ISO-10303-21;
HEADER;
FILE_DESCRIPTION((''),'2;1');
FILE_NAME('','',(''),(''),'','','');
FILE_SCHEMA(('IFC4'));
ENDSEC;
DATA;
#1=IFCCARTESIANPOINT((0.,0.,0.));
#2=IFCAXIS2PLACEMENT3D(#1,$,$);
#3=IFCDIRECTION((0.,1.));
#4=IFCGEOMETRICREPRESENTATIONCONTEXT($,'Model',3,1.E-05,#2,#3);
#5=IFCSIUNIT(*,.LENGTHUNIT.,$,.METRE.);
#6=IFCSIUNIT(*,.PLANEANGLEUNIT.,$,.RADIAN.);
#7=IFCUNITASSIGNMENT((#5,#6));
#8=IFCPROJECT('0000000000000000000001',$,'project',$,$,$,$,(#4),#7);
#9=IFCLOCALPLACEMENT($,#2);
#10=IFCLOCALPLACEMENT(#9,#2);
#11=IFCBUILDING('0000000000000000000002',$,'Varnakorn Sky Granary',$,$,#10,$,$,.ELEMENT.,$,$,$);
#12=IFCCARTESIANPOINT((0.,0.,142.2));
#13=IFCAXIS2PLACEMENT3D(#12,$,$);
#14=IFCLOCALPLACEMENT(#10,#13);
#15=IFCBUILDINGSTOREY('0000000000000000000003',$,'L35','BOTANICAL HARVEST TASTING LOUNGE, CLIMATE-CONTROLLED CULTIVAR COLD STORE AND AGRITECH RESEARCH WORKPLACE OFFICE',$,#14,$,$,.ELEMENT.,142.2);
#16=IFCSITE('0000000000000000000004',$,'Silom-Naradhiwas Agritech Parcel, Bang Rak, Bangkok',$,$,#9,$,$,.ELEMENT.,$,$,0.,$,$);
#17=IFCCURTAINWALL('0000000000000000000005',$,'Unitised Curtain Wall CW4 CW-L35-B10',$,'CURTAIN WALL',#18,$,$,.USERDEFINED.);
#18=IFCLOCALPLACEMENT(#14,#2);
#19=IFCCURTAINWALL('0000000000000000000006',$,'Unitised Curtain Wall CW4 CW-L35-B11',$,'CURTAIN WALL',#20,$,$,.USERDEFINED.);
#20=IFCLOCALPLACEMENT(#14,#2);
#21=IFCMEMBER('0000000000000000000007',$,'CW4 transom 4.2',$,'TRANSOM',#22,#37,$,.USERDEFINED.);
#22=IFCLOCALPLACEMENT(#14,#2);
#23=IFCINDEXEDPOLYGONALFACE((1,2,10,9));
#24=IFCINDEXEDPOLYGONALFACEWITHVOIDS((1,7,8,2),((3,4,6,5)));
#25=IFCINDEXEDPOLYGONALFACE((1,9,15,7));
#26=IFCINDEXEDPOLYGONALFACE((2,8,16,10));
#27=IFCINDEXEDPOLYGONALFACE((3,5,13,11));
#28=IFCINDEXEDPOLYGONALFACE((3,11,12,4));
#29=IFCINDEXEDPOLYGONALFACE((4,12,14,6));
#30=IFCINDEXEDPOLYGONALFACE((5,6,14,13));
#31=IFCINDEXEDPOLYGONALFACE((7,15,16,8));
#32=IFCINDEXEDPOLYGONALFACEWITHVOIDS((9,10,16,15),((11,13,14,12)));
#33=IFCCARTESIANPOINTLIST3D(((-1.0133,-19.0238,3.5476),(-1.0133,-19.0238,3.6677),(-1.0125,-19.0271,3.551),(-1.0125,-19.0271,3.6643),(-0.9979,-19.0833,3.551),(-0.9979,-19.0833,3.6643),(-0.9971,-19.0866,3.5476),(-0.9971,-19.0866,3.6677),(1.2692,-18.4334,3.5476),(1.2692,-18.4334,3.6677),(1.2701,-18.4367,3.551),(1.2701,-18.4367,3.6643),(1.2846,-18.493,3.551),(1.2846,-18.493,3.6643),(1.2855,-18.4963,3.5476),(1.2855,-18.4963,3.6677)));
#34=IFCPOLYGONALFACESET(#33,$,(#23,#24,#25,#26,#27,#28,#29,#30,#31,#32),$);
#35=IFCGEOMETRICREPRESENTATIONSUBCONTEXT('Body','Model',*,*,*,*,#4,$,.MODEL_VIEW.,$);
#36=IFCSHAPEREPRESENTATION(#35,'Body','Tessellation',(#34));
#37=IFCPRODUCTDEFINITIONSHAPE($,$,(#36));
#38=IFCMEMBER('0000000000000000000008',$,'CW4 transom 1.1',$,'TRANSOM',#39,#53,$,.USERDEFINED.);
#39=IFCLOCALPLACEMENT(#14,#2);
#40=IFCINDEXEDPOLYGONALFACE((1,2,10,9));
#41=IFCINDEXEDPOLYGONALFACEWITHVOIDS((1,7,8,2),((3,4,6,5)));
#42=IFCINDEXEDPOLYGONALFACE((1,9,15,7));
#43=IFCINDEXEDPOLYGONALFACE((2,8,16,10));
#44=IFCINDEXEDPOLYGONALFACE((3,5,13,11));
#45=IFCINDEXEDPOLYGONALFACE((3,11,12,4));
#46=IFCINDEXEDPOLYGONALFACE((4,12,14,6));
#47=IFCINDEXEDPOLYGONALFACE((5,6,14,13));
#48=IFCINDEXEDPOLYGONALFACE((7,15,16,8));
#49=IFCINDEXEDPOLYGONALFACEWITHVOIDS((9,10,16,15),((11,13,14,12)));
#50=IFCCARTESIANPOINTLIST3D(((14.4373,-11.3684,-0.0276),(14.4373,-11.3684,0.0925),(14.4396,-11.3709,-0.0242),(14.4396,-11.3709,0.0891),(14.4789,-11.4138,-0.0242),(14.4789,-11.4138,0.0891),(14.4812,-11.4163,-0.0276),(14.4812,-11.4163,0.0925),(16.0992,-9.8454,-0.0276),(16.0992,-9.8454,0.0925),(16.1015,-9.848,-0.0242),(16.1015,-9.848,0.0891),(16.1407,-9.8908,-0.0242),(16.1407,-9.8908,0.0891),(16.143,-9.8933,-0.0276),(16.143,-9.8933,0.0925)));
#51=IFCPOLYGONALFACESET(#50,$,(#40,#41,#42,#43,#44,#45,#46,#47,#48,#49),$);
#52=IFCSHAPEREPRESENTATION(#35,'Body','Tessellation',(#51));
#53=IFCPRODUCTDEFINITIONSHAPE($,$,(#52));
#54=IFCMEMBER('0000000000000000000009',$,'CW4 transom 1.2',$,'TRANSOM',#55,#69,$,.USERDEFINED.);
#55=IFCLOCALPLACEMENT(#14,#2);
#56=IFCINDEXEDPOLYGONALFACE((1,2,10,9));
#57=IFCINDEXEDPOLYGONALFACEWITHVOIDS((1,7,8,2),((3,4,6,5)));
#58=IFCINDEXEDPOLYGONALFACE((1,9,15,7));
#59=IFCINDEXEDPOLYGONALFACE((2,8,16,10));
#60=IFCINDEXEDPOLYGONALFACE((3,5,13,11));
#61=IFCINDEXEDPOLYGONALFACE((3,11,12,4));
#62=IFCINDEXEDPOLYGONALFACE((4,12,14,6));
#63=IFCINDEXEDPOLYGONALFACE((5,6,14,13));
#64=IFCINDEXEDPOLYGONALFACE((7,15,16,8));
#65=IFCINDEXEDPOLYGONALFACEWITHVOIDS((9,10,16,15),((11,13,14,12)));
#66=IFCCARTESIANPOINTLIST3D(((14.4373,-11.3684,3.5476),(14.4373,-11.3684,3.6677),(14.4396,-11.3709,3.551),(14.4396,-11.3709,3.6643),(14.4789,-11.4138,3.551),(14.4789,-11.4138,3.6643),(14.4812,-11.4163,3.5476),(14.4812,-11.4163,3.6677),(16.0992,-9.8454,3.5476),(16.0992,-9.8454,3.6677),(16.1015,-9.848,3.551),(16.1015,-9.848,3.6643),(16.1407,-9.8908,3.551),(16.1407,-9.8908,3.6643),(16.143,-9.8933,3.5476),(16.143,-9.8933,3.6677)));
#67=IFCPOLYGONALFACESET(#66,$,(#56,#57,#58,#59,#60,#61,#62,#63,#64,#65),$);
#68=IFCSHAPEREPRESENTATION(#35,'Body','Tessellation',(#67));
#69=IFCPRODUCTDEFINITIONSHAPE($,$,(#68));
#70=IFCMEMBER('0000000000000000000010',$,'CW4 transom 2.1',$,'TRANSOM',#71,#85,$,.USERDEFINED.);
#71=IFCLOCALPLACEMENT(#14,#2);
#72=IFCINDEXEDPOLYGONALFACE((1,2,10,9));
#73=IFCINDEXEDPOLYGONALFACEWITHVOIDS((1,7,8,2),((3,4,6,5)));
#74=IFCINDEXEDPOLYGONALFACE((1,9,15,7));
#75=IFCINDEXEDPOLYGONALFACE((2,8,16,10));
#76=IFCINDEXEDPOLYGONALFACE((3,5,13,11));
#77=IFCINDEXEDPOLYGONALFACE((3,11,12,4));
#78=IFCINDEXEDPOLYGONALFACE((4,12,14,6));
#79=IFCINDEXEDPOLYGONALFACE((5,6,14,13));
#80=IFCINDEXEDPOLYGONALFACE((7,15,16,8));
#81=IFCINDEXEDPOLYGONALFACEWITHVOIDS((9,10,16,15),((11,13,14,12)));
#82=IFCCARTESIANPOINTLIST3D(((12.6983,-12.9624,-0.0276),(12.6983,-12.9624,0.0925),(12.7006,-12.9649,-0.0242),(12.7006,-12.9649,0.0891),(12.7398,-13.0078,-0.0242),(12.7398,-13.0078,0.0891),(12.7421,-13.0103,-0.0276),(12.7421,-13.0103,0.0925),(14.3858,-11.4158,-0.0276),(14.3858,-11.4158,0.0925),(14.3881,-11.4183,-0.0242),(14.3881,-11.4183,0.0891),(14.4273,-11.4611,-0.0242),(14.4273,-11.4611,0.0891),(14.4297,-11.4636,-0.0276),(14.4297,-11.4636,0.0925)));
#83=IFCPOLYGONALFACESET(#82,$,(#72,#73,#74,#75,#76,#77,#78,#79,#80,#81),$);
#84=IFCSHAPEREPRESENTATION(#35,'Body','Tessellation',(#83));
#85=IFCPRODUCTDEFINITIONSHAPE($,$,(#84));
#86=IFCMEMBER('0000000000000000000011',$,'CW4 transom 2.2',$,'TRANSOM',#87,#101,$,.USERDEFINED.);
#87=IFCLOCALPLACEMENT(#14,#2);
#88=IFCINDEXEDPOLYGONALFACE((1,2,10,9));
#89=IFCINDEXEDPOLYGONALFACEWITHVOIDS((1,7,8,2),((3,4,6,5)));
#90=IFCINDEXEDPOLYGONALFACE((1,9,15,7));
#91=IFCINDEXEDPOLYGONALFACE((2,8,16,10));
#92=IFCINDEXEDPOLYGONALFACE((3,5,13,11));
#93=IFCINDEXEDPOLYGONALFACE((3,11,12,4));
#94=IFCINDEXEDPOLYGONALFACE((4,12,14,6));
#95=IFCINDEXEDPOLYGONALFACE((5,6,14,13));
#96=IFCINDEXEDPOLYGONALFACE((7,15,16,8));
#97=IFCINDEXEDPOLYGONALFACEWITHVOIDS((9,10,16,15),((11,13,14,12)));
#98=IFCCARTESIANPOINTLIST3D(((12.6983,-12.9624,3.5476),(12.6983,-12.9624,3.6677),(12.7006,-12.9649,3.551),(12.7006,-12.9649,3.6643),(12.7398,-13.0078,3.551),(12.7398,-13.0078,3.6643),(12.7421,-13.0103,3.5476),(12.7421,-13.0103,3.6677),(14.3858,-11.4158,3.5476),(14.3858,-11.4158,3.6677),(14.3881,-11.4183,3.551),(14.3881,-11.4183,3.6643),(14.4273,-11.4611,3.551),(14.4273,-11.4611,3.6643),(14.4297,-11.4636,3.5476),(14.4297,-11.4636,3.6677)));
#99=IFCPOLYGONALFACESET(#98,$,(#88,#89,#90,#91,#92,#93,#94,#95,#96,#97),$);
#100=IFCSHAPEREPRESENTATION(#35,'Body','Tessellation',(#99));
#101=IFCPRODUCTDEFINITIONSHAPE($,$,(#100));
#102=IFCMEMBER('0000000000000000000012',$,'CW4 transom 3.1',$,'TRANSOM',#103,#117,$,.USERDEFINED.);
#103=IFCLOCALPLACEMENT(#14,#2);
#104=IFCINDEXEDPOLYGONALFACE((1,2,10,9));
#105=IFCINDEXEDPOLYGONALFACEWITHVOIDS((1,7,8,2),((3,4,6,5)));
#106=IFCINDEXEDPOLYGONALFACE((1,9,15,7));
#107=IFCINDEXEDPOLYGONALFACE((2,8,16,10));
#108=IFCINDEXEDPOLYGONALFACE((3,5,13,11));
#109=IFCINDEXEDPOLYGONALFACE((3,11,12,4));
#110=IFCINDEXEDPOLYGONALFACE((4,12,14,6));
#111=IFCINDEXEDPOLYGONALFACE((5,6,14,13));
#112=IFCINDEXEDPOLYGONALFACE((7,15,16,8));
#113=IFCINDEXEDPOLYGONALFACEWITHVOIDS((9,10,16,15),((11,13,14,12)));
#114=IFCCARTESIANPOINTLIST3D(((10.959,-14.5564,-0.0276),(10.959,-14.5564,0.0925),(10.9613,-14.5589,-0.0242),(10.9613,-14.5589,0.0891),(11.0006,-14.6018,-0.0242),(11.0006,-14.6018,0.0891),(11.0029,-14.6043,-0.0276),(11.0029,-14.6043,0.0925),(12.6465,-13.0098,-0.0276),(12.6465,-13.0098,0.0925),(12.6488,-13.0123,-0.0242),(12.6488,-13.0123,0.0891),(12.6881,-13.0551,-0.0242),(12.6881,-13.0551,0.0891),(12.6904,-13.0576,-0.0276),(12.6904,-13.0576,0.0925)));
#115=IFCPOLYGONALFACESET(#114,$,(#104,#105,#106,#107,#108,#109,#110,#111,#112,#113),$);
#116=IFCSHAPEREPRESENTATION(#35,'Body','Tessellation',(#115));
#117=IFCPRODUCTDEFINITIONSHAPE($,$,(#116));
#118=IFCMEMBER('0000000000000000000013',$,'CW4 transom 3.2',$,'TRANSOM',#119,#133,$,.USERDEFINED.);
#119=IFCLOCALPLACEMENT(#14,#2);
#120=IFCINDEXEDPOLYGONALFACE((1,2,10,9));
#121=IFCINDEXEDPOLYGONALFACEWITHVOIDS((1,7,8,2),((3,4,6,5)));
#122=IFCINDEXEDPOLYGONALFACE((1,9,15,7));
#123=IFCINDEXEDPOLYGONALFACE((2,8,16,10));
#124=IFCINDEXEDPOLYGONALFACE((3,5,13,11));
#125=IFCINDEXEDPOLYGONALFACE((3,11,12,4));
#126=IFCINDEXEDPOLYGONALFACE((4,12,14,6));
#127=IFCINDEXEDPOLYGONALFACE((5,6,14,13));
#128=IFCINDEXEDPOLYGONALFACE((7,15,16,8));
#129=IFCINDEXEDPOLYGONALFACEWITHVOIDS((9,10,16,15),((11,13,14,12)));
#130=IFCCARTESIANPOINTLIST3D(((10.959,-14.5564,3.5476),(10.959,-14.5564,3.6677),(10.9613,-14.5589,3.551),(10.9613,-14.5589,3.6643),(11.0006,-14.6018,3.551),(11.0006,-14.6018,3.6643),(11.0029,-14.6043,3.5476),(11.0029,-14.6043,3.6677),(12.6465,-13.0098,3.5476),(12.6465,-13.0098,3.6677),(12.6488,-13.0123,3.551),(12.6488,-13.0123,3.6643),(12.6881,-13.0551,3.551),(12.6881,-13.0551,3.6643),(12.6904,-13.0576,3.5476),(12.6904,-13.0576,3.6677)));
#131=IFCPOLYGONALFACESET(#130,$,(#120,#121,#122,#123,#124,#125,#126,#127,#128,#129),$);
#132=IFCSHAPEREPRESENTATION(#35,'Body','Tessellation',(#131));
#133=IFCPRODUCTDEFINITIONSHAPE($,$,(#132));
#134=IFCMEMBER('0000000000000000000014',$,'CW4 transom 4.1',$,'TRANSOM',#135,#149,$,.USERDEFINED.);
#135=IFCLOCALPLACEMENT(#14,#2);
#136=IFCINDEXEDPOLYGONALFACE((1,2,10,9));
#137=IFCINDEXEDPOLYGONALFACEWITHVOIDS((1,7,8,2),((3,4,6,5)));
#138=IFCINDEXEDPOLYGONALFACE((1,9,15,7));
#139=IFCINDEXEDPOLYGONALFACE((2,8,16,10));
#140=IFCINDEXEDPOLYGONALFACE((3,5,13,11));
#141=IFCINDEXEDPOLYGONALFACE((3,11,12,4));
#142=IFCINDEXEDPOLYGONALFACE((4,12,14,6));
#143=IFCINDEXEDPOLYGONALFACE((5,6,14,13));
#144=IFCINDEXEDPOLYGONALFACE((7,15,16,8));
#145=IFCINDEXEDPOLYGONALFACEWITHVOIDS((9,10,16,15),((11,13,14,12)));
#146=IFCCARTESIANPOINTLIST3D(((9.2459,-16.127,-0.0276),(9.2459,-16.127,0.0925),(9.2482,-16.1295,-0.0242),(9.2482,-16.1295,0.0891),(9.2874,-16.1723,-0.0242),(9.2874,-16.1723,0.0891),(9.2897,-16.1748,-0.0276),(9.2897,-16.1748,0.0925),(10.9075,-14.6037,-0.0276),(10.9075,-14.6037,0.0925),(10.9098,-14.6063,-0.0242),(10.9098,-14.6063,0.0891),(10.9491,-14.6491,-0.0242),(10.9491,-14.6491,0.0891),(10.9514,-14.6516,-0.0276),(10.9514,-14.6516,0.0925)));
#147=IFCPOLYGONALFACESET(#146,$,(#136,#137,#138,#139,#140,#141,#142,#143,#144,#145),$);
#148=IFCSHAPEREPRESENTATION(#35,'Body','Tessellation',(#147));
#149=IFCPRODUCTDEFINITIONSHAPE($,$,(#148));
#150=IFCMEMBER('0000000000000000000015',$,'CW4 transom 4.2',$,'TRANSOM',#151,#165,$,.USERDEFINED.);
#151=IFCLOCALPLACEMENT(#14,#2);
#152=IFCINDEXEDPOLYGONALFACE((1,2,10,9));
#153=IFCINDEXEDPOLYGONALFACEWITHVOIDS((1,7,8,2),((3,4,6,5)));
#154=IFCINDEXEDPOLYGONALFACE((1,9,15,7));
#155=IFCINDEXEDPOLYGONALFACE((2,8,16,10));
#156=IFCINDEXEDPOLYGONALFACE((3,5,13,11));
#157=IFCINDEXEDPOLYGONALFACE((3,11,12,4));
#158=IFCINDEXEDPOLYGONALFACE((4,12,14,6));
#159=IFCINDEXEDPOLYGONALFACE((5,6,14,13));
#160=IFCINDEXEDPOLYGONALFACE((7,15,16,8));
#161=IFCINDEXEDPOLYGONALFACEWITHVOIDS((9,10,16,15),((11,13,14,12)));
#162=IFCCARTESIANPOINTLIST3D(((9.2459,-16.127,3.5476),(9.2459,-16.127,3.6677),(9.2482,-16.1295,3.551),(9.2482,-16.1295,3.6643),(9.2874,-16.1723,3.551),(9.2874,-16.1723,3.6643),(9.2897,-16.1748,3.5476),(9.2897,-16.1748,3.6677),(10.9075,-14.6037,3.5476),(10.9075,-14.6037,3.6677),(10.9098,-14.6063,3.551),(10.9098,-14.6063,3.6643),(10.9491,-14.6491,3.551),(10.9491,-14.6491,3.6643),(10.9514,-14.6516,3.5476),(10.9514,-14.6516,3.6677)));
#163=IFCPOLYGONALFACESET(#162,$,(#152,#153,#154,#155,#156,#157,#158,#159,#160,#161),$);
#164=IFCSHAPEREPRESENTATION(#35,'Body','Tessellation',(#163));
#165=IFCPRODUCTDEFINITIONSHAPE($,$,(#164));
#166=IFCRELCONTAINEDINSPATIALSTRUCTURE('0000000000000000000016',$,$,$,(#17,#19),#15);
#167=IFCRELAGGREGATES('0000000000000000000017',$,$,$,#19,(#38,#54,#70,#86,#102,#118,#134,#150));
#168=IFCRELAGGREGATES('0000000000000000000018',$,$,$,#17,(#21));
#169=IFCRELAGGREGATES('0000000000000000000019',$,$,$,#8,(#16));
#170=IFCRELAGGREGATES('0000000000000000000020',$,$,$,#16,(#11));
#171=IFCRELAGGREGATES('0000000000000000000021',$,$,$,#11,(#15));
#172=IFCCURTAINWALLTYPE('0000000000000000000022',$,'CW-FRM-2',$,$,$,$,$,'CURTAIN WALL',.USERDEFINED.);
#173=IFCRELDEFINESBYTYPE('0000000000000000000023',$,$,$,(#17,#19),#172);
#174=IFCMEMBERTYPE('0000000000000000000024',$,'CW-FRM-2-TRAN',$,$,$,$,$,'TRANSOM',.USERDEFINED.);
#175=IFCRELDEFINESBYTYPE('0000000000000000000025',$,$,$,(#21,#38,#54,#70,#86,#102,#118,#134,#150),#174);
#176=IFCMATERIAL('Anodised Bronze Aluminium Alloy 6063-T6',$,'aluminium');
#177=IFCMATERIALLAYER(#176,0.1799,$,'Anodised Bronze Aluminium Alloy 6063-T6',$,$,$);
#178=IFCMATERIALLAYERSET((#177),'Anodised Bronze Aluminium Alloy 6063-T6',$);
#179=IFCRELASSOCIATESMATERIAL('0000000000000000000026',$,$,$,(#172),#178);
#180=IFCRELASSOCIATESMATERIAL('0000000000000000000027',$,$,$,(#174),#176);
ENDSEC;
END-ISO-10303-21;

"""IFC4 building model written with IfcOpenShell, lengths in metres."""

from ifc_helpers import new_model, si_unit, direction, frame, origin, origin_2d, place, context, subcontext, project, spatial, hollow_rectangle, extrude, material, layer, layer_set, material_profile, profile_set, type_object, element, aggregate, save


model = new_model("IFC4")

# Units and contexts
model_context = context("Model", 3, precision=1e-05, world=origin(), true_north=direction((0.0, 1.0)))
body_context = subcontext(model_context, "Body", "Model", "MODEL_VIEW")
ifc_project = project(units=[si_unit("LENGTHUNIT", "METRE"), si_unit("PLANEANGLEUNIT", "RADIAN")], contexts=[model_context])

# Site, building, storey
site_placement = place(None, origin())
site = spatial("IfcSite", under=ifc_project, at=site_placement, Name="Silom-Naradhiwas Agritech Parcel, Bang Rak, Bangkok", CompositionType="ELEMENT", RefElevation=0.0)
building_placement = place(site_placement, origin())
building = spatial("IfcBuilding", under=site, at=building_placement, Name="Varnakorn Sky Granary", CompositionType="ELEMENT")
storey_placement = place(building_placement, frame((0.0, 0.0, 142.2)))
storey = spatial("IfcBuildingStorey", under=building, at=storey_placement, Name="L35", Description="BOTANICAL HARVEST TASTING LOUNGE, CLIMATE-CONTROLLED CULTIVAR COLD STORE AND AGRITECH RESEARCH WORKPLACE OFFICE", CompositionType="ELEMENT", Elevation=142.2)

# Curtain walls
ifc_material_1 = material(Name="Anodised Bronze Aluminium Alloy 6063-T6", Category="aluminium")
ifc_layer_1 = layer(ifc_material_1, 0.1799, Name="Anodised Bronze Aluminium Alloy 6063-T6")
ifc_layer_set_1 = layer_set([ifc_layer_1], Name="Anodised Bronze Aluminium Alloy 6063-T6")
curtain_wall_type = type_object("IfcCurtainWallType", Name="CW-FRM-2", ElementType="CURTAIN WALL", PredefinedType="USERDEFINED", material=ifc_layer_set_1)
curtain_wall_1_placement = place(storey_placement, origin())
curtain_wall_1 = element("IfcCurtainWall", 1, at=curtain_wall_1_placement, inside=storey, type_object=curtain_wall_type, Name="Unitised Curtain Wall CW4 CW-L35-B10", ObjectType="CURTAIN WALL", PredefinedType="USERDEFINED")
curtain_wall_2_placement = place(storey_placement, origin())
curtain_wall_2 = element("IfcCurtainWall", 2, at=curtain_wall_2_placement, inside=storey, type_object=curtain_wall_type, Name="Unitised Curtain Wall CW4 CW-L35-B11", ObjectType="CURTAIN WALL", PredefinedType="USERDEFINED")

# Members
ifc_material_profile_1 = material_profile(ifc_material_1, hollow_rectangle(XDim=0.0649, YDim=0.1201, WallThickness=0.0034, at=origin_2d()), Name="ALU TRAN 65x120")
ifc_profile_set_1 = profile_set([ifc_material_profile_1], Name="Anodised Bronze Aluminium Alloy 6063-T6")
member_type_1 = type_object("IfcMemberType", Name="CW-FRM-2-TRAN", ElementType="TRANSOM", PredefinedType="USERDEFINED", material=ifc_profile_set_1)
member_1_placement = place(storey_placement, frame((1.2773, -18.4648, 3.6077), z_axis=(-0.968143, -0.250398, 0.0), x_axis=(0.250398, -0.968143, 0.0)))
member_1 = element("IfcMember", 3, at=member_1_placement, type_object=member_type_1, Name="CW4 transom 4.2", ObjectType="TRANSOM", PredefinedType="USERDEFINED", context=body_context, shape_type="SweptSolid", body=[
    extrude(hollow_rectangle(XDim=0.0649, YDim=0.1201, WallThickness=0.0034, at=origin_2d()), origin(), (0.0, 0.0, 1.0), 2.3577),
])
member_2_placement = place(storey_placement, frame((16.1211, -9.8694, 0.0325), z_axis=(-0.737249, -0.675622, 0.0), x_axis=(0.675622, -0.737249, 0.0)))
member_2 = element("IfcMember", 4, at=member_2_placement, type_object=member_type_1, Name="CW4 transom 1.1", ObjectType="TRANSOM", PredefinedType="USERDEFINED", context=body_context, shape_type="SweptSolid", body=[
    extrude(hollow_rectangle(XDim=0.0649, YDim=0.1201, WallThickness=0.0034, at=origin_2d()), origin(), (0.0, 0.0, 1.0), 2.2542),
])
member_3_placement = place(storey_placement, frame((16.1211, -9.8694, 3.6077), z_axis=(-0.737249, -0.675622, 0.0), x_axis=(0.675622, -0.737249, 0.0)))
member_3 = element("IfcMember", 5, at=member_3_placement, type_object=member_type_1, Name="CW4 transom 1.2", ObjectType="TRANSOM", PredefinedType="USERDEFINED", context=body_context, shape_type="SweptSolid", body=[
    extrude(hollow_rectangle(XDim=0.0649, YDim=0.1201, WallThickness=0.0034, at=origin_2d()), origin(), (0.0, 0.0, 1.0), 2.2542),
])
member_4_placement = place(storey_placement, frame((14.4077, -11.4397, 0.0325), z_axis=(-0.737207, -0.675667, 0.0), x_axis=(0.675667, -0.737207, 0.0)))
member_4 = element("IfcMember", 6, at=member_4_placement, type_object=member_type_1, Name="CW4 transom 2.1", ObjectType="TRANSOM", PredefinedType="USERDEFINED", context=body_context, shape_type="SweptSolid", body=[
    extrude(hollow_rectangle(XDim=0.0649, YDim=0.1201, WallThickness=0.0034, at=origin_2d()), origin(), (0.0, 0.0, 1.0), 2.2891),
])
member_5_placement = place(storey_placement, frame((14.4077, -11.4397, 3.6077), z_axis=(-0.737207, -0.675667, 0.0), x_axis=(0.675667, -0.737207, 0.0)))
member_5 = element("IfcMember", 7, at=member_5_placement, type_object=member_type_1, Name="CW4 transom 2.2", ObjectType="TRANSOM", PredefinedType="USERDEFINED", context=body_context, shape_type="SweptSolid", body=[
    extrude(hollow_rectangle(XDim=0.0649, YDim=0.1201, WallThickness=0.0034, at=origin_2d()), origin(), (0.0, 0.0, 1.0), 2.2891),
])
member_6_placement = place(storey_placement, frame((12.6685, -13.0337, 0.0325), z_axis=(-0.737207, -0.675667, 0.0), x_axis=(0.675667, -0.737207, 0.0)))
member_6 = element("IfcMember", 8, at=member_6_placement, type_object=member_type_1, Name="CW4 transom 3.1", ObjectType="TRANSOM", PredefinedType="USERDEFINED", context=body_context, shape_type="SweptSolid", body=[
    extrude(hollow_rectangle(XDim=0.0649, YDim=0.1201, WallThickness=0.0034, at=origin_2d()), origin(), (0.0, 0.0, 1.0), 2.2891),
])
member_7_placement = place(storey_placement, frame((12.6685, -13.0337, 3.6077), z_axis=(-0.737207, -0.675667, 0.0), x_axis=(0.675667, -0.737207, 0.0)))
member_7 = element("IfcMember", 9, at=member_7_placement, type_object=member_type_1, Name="CW4 transom 3.2", ObjectType="TRANSOM", PredefinedType="USERDEFINED", context=body_context, shape_type="SweptSolid", body=[
    extrude(hollow_rectangle(XDim=0.0649, YDim=0.1201, WallThickness=0.0034, at=origin_2d()), origin(), (0.0, 0.0, 1.0), 2.2891),
])
member_8_placement = place(storey_placement, frame((10.9294, -14.6277, 0.0325), z_axis=(-0.737145, -0.675734, 0.0), x_axis=(0.675734, -0.737145, 0.0)))
member_8 = element("IfcMember", 10, at=member_8_placement, type_object=member_type_1, Name="CW4 transom 4.1", ObjectType="TRANSOM", PredefinedType="USERDEFINED", context=body_context, shape_type="SweptSolid", body=[
    extrude(hollow_rectangle(XDim=0.0649, YDim=0.1201, WallThickness=0.0034, at=origin_2d()), origin(), (0.0, 0.0, 1.0), 2.2542),
])
member_9_placement = place(storey_placement, frame((10.9294, -14.6277, 3.6077), z_axis=(-0.737145, -0.675734, 0.0), x_axis=(0.675734, -0.737145, 0.0)))
member_9 = element("IfcMember", 11, at=member_9_placement, type_object=member_type_1, Name="CW4 transom 4.2", ObjectType="TRANSOM", PredefinedType="USERDEFINED", context=body_context, shape_type="SweptSolid", body=[
    extrude(hollow_rectangle(XDim=0.0649, YDim=0.1201, WallThickness=0.0034, at=origin_2d()), origin(), (0.0, 0.0, 1.0), 2.2542),
])

aggregate(curtain_wall_2, [member_2, member_3, member_4, member_5, member_6, member_7, member_8, member_9])
aggregate(curtain_wall_1, [member_1])

save(model, "model.ifc")
